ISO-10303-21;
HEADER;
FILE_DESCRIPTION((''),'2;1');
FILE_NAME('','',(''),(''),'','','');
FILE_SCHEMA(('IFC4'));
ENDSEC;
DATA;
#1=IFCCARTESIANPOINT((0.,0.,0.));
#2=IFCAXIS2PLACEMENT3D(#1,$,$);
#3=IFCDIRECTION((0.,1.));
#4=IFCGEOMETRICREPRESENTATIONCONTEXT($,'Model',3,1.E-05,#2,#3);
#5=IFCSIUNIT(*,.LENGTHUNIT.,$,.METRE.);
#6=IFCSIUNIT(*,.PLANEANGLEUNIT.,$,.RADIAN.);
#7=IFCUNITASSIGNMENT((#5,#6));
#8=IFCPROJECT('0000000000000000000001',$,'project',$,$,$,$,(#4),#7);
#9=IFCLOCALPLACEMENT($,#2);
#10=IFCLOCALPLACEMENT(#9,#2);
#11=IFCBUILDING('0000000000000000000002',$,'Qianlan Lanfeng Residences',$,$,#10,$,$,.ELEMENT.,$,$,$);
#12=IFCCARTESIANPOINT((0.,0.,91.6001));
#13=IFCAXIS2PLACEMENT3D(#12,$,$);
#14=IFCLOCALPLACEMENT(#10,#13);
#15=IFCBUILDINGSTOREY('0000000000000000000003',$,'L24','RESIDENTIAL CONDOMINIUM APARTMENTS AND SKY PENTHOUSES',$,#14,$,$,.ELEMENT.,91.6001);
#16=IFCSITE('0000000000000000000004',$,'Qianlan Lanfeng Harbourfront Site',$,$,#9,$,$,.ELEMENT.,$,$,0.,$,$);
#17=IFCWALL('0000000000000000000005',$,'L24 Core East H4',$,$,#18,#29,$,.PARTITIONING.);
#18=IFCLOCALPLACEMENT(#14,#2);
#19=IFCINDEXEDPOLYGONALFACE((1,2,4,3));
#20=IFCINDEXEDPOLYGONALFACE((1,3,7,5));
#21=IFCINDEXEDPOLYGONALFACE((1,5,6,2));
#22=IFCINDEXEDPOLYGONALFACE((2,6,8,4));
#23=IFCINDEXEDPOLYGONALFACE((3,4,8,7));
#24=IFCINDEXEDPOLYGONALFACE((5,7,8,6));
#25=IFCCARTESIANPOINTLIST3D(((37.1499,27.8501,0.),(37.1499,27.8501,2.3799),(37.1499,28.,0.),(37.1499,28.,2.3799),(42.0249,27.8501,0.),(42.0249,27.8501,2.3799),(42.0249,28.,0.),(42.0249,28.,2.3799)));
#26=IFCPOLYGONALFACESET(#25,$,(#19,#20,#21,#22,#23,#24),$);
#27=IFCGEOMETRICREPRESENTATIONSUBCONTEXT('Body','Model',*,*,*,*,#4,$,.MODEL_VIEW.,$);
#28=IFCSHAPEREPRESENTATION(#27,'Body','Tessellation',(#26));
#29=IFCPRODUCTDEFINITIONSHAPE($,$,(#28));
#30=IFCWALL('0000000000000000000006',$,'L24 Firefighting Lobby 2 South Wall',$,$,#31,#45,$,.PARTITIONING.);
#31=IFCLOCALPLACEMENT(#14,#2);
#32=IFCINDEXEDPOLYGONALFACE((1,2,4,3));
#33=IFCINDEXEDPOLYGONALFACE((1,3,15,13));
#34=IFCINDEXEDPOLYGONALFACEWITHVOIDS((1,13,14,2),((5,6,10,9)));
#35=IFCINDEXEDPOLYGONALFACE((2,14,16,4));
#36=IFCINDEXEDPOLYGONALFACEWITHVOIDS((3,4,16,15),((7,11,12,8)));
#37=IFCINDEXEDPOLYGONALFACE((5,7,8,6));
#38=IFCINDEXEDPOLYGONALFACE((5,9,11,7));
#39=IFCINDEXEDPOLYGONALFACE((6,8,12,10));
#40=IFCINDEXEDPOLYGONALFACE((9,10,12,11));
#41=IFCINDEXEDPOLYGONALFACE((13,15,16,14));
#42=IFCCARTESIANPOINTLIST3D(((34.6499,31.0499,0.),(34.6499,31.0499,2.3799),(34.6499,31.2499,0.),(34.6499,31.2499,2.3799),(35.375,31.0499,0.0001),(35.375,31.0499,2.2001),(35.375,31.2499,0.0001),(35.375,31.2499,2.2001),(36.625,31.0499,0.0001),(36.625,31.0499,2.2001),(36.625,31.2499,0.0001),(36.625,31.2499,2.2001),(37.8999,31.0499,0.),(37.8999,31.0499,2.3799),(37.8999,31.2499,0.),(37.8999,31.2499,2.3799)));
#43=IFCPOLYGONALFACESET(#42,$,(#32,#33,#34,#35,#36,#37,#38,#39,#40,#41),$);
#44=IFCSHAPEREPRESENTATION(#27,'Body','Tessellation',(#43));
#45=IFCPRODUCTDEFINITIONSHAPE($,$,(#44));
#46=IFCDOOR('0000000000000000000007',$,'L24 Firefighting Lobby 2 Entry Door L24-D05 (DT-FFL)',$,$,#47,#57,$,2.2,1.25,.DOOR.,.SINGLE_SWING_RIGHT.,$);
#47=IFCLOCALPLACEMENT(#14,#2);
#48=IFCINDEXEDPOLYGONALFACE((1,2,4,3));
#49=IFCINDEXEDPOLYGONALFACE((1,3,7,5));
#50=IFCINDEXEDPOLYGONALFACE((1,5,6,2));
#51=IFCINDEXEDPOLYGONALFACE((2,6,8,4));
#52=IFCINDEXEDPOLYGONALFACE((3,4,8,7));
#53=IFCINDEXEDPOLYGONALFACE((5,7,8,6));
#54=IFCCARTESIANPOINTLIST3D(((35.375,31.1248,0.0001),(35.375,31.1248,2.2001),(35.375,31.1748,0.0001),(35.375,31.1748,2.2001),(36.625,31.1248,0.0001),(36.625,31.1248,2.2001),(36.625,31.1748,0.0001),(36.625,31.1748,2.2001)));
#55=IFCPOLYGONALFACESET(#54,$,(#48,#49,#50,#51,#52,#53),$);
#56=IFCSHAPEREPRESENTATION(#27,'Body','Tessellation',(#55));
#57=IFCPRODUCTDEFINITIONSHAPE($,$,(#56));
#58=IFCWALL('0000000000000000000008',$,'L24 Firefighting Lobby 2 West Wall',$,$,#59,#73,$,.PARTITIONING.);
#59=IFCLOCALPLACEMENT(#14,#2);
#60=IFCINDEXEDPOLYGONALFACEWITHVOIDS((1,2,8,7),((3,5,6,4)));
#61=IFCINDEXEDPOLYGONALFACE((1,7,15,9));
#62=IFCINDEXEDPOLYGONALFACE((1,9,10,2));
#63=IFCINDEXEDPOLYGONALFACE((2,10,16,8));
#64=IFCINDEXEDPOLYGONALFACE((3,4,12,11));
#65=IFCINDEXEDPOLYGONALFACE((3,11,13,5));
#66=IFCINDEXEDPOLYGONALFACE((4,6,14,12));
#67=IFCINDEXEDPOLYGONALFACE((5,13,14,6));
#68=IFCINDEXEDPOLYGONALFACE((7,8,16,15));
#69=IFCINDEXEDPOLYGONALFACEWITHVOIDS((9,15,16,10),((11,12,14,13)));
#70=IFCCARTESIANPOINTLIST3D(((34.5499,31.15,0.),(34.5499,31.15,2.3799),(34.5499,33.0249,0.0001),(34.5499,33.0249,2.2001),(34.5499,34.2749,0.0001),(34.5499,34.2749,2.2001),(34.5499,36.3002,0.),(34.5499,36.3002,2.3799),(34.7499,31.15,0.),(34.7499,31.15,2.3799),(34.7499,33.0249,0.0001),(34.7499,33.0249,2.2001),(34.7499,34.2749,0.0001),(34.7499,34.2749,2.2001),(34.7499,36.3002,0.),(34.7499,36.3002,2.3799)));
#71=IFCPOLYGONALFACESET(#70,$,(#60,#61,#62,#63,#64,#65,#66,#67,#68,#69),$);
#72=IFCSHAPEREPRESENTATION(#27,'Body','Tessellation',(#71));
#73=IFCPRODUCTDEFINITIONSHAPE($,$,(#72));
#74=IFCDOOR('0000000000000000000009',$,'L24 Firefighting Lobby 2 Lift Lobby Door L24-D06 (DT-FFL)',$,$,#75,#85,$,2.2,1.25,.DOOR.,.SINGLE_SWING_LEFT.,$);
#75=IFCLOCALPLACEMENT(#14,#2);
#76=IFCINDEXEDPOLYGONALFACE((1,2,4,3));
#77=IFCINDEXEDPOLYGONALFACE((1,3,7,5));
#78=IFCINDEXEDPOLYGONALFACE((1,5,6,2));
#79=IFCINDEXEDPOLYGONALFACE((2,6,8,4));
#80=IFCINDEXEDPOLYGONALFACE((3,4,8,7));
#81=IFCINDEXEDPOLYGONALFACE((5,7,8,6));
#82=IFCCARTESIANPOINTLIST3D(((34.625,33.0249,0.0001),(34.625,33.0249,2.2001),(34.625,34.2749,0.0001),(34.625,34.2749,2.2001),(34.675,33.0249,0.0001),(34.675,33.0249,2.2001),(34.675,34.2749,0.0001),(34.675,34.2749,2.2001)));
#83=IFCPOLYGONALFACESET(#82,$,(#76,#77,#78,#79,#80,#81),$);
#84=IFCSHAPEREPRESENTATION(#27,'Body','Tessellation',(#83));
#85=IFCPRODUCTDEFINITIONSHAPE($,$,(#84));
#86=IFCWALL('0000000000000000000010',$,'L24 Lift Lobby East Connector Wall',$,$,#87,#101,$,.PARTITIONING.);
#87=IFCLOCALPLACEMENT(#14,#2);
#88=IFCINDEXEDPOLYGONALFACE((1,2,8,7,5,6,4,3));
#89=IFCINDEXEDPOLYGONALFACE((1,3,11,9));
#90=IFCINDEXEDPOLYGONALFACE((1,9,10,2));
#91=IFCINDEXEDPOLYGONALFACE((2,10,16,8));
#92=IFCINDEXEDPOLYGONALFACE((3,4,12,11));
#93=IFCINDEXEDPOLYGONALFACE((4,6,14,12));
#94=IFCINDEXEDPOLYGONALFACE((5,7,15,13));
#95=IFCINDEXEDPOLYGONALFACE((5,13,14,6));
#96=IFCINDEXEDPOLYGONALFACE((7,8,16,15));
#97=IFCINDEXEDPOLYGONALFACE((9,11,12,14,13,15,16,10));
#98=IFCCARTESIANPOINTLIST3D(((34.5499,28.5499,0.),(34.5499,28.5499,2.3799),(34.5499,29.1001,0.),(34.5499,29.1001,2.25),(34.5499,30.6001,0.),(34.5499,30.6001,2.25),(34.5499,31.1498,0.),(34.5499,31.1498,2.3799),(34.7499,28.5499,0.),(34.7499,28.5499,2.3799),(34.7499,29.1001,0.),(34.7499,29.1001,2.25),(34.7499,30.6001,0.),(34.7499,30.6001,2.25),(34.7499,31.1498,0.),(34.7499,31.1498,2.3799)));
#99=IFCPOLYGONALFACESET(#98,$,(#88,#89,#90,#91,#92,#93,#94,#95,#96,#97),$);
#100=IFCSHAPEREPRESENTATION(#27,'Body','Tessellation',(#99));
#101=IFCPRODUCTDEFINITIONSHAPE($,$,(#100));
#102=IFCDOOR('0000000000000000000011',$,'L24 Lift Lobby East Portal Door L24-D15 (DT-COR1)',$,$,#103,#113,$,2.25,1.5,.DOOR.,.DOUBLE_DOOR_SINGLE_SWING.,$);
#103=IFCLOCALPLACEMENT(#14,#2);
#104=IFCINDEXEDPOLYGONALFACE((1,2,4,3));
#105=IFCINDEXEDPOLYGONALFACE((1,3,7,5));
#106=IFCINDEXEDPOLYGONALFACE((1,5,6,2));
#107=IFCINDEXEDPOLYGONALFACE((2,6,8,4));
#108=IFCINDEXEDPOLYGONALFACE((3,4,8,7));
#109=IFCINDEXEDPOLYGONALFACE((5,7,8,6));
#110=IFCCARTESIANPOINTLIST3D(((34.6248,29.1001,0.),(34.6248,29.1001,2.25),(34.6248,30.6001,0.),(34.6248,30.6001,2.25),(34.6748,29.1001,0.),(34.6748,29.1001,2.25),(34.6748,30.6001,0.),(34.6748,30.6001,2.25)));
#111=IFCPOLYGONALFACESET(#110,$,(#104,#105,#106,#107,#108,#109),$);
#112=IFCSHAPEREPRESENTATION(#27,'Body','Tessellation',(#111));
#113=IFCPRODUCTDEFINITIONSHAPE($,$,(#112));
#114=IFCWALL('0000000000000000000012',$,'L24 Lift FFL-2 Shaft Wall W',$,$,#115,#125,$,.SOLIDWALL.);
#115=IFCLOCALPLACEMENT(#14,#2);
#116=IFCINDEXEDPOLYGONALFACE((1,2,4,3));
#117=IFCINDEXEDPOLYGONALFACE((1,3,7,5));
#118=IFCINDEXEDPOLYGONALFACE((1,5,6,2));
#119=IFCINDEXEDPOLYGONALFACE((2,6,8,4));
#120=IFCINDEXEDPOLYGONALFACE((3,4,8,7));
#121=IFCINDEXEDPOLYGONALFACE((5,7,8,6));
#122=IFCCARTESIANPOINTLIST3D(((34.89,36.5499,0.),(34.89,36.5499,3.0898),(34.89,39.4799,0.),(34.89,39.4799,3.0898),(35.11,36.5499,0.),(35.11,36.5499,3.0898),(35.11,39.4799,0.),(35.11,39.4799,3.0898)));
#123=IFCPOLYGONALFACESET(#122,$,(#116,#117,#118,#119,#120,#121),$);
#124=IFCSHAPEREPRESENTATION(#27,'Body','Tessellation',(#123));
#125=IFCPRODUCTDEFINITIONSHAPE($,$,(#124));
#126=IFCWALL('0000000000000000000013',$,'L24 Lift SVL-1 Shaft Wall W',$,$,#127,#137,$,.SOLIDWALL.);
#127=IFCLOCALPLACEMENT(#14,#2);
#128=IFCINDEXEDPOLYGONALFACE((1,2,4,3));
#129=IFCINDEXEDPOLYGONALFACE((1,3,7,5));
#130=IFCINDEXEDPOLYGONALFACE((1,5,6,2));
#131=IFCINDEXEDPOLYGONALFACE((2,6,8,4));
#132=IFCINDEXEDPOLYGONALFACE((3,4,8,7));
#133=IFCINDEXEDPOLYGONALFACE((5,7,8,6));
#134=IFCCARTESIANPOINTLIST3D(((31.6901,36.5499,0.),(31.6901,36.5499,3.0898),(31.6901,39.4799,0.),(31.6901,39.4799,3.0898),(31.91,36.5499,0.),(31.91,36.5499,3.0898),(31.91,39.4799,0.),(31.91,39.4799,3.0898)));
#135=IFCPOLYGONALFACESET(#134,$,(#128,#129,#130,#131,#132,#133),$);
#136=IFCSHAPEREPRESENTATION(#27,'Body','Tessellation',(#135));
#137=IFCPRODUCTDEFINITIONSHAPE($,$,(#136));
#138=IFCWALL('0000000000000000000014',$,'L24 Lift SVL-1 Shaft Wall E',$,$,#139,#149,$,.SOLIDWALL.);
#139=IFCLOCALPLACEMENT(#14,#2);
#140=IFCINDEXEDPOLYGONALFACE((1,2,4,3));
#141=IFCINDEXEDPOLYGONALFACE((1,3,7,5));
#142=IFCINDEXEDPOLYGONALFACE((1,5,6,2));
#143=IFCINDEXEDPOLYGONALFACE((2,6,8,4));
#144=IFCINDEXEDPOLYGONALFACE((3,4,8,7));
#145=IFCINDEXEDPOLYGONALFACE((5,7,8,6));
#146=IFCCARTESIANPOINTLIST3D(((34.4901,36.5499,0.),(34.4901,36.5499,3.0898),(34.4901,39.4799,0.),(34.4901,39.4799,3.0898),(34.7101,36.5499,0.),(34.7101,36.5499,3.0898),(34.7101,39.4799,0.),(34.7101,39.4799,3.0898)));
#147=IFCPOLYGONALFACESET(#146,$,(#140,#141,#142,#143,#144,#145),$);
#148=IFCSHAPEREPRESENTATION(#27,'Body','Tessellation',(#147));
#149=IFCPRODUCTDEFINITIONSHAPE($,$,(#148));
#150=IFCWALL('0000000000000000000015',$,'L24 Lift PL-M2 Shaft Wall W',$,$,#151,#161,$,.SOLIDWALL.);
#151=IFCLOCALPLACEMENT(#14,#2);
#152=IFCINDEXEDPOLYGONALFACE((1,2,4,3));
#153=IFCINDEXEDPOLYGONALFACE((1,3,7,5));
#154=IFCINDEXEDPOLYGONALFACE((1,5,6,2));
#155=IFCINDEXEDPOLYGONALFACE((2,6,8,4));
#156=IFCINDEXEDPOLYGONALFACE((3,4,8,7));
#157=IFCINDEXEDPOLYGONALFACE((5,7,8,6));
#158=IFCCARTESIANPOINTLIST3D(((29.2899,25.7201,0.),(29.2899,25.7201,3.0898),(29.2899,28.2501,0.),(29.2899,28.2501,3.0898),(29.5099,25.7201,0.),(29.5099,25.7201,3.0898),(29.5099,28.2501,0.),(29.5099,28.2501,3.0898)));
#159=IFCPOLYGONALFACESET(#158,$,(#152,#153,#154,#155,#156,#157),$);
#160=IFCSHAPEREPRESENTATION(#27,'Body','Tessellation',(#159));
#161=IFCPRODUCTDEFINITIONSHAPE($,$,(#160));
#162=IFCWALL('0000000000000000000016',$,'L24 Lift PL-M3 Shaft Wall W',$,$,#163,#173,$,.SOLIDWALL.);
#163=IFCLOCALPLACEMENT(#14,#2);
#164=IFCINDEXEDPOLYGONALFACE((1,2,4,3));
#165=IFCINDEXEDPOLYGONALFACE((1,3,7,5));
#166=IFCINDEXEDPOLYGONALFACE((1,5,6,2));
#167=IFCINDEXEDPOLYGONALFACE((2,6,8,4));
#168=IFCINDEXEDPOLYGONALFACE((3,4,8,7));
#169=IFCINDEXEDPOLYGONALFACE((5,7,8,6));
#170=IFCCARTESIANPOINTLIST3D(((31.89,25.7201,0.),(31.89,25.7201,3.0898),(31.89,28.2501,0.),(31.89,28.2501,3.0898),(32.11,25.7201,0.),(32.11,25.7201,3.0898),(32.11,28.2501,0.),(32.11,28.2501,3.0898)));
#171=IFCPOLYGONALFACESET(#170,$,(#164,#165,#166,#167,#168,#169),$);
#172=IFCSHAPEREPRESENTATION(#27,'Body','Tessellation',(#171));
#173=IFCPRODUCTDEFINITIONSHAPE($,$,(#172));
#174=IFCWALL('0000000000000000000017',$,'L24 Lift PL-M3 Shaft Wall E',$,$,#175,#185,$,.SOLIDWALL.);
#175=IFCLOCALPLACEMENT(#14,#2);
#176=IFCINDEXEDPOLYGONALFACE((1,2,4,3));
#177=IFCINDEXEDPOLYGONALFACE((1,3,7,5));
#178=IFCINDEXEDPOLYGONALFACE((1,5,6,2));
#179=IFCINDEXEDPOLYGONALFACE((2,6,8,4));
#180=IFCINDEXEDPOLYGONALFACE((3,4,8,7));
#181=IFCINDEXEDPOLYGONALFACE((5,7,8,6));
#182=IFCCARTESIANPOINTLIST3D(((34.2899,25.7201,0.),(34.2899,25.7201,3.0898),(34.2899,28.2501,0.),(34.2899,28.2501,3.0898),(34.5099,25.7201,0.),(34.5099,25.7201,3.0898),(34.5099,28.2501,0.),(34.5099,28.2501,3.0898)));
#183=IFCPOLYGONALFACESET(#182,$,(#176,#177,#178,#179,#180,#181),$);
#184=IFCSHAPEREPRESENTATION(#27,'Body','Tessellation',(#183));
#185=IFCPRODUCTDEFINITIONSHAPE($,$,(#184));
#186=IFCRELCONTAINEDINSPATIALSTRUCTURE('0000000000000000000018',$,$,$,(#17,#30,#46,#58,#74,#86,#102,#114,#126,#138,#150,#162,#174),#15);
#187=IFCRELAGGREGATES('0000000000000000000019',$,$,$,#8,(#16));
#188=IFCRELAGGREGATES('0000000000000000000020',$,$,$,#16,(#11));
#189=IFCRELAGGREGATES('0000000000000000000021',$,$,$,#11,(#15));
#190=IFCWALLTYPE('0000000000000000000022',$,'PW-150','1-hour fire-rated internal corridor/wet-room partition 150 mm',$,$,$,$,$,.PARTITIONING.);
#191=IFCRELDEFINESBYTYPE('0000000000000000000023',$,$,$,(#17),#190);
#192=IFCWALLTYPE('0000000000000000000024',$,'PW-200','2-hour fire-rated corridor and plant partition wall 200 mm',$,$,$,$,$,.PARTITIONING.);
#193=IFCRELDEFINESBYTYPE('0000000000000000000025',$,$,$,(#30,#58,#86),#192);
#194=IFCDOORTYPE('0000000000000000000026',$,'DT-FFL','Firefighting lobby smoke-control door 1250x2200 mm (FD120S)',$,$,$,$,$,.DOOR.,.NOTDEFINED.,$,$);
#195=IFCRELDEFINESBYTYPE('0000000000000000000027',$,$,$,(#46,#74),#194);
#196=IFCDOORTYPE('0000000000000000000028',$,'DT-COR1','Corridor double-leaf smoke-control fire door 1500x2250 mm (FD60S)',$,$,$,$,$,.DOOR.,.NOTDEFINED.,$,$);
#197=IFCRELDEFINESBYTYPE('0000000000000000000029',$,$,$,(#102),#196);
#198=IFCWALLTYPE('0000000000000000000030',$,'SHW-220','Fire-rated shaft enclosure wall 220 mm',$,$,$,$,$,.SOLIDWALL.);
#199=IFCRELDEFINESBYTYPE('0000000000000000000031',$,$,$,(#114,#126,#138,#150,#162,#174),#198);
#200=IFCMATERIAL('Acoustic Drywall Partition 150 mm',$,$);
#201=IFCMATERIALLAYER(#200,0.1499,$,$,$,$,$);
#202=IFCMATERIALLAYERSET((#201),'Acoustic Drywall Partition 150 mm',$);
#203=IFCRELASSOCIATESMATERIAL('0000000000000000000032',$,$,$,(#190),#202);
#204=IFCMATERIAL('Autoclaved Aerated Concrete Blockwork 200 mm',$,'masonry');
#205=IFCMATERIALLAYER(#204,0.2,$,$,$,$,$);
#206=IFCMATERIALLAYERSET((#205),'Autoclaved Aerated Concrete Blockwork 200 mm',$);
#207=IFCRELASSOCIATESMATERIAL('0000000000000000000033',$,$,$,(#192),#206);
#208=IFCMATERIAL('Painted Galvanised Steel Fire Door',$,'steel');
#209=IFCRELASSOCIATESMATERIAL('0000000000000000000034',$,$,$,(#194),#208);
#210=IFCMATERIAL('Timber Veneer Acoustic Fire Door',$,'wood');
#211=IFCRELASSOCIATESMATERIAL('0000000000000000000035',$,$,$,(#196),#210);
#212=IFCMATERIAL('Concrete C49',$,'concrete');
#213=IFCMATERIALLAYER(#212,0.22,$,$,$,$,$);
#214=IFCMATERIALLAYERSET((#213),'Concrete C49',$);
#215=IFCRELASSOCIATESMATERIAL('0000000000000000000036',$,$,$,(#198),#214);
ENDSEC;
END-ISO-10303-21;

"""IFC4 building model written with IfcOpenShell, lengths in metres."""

from ifc_helpers import new_model, si_unit, direction, frame, frame_2d, origin, place, context, subcontext, project, spatial, rectangle, extrude, material, layer, layer_set, type_object, element, fill, save


model = new_model("IFC4")

# Units and contexts
model_context = context("Model", 3, precision=1e-05, world=origin(), true_north=direction((0.0, 1.0)))
body_context = subcontext(model_context, "Body", "Model", "MODEL_VIEW")
ifc_project = project(units=[si_unit("LENGTHUNIT", "METRE"), si_unit("PLANEANGLEUNIT", "RADIAN")], contexts=[model_context])

# Site, building, storey
site_placement = place(None, origin())
site = spatial("IfcSite", under=ifc_project, at=site_placement, Name="Qianlan Lanfeng Harbourfront Site", CompositionType="ELEMENT", RefElevation=0.0)
building_placement = place(site_placement, origin())
building = spatial("IfcBuilding", under=site, at=building_placement, Name="Qianlan Lanfeng Residences", CompositionType="ELEMENT")
storey_placement = place(building_placement, frame((0.0, 0.0, 91.6001)))
storey = spatial("IfcBuildingStorey", under=building, at=storey_placement, Name="L24", Description="RESIDENTIAL CONDOMINIUM APARTMENTS AND SKY PENTHOUSES", CompositionType="ELEMENT", Elevation=91.6001)

# Wall
ifc_material_1 = material(Name="Acoustic Drywall Partition 150 mm")
ifc_layer_1 = layer(ifc_material_1, 0.1499)
ifc_layer_set_1 = layer_set([ifc_layer_1], Name="Acoustic Drywall Partition 150 mm")
wall_type_1 = type_object("IfcWallType", Name="PW-150", Description="1-hour fire-rated internal corridor/wet-room partition 150 mm", PredefinedType="PARTITIONING", material=ifc_layer_set_1)
wall_1_placement = place(storey_placement, frame((37.1499, 27.925, 0.0), z_axis=(0.0, 0.0, 1.0), x_axis=(1.0, 0.0, 0.0)))
element("IfcWall", 1, at=wall_1_placement, inside=storey, type_object=wall_type_1, Name="L24 Core East H4", PredefinedType="PARTITIONING", context=body_context, shape_type="SweptSolid", body=[
    extrude(rectangle(XDim=4.875, YDim=0.1499, at=frame_2d((2.4375, 0.0))), origin(), (0.0, 0.0, 1.0), 2.3799),
])

# Walls, openings, doors
ifc_material_2 = material(Name="Autoclaved Aerated Concrete Blockwork 200 mm", Category="masonry")
ifc_layer_2 = layer(ifc_material_2, 0.2)
ifc_layer_set_2 = layer_set([ifc_layer_2], Name="Autoclaved Aerated Concrete Blockwork 200 mm")
wall_type_2 = type_object("IfcWallType", Name="PW-200", Description="2-hour fire-rated corridor and plant partition wall 200 mm", PredefinedType="PARTITIONING", material=ifc_layer_set_2)
wall_2_placement = place(storey_placement, frame((34.6499, 31.1499, 0.0), z_axis=(0.0, 0.0, 1.0), x_axis=(1.0, 0.0, 0.0)))
wall_2 = element("IfcWall", 2, at=wall_2_placement, inside=storey, type_object=wall_type_2, Name="L24 Firefighting Lobby 2 South Wall", PredefinedType="PARTITIONING", context=body_context, shape_type="SweptSolid", body=[
    extrude(rectangle(XDim=3.25, YDim=0.2, at=frame_2d((1.625, 0.0))), origin(), (0.0, 0.0, 1.0), 2.3799),
])
opening_1_placement = place(wall_2_placement, frame((0.7251, 0.0, 0.0)))
opening_1 = element("IfcOpeningElement", 3, at=opening_1_placement, cuts=wall_2, PredefinedType="OPENING", context=body_context, shape_type="SweptSolid", body=[
    extrude(rectangle(XDim=1.25, YDim=2.2, at=frame_2d((0.625, 1.1001))), frame((0.0, 0.1099, 0.0), z_axis=(0.0, -1.0, 0.0), x_axis=(1.0, 0.0, 0.0)), (0.0, 0.0, 1.0), 0.22),
])
ifc_material_3 = material(Name="Painted Galvanised Steel Fire Door", Category="steel")
door_type_1 = type_object("IfcDoorType", Name="DT-FFL", Description="Firefighting lobby smoke-control door 1250x2200 mm (FD120S)", OperationType="NOTDEFINED", PredefinedType="DOOR", material=ifc_material_3)
door_1_placement = place(opening_1_placement, origin())
door_1 = element("IfcDoor", 4, at=door_1_placement, inside=storey, type_object=door_type_1, Name="L24 Firefighting Lobby 2 Entry Door L24-D05 (DT-FFL)", OperationType="SINGLE_SWING_RIGHT", OverallHeight=2.2, OverallWidth=1.25, PredefinedType="DOOR", context=body_context, shape_type="SweptSolid", body=[
    extrude(rectangle(XDim=1.25, YDim=2.2, at=frame_2d((0.625, 1.1001))), frame((0.0, 0.0249, 0.0), z_axis=(0.0, -1.0, 0.0), x_axis=(1.0, 0.0, 0.0)), (0.0, 0.0, 1.0), 0.05),
])
fill(opening_1, door_1)
wall_3_placement = place(storey_placement, frame((34.6499, 31.1499, 0.0), z_axis=(0.0, 0.0, 1.0), x_axis=(0.0, 1.0, 0.0)))
wall_3 = element("IfcWall", 5, at=wall_3_placement, inside=storey, type_object=wall_type_2, Name="L24 Firefighting Lobby 2 West Wall", PredefinedType="PARTITIONING", context=body_context, shape_type="SweptSolid", body=[
    extrude(rectangle(XDim=5.1501, YDim=0.2, at=frame_2d((2.5752, 0.0))), origin(), (0.0, 0.0, 1.0), 2.3799),
])
opening_2_placement = place(wall_3_placement, frame((1.875, 0.0, 0.0)))
opening_2 = element("IfcOpeningElement", 6, at=opening_2_placement, cuts=wall_3, PredefinedType="OPENING", context=body_context, shape_type="SweptSolid", body=[
    extrude(rectangle(XDim=1.25, YDim=2.2, at=frame_2d((0.625, 1.1001))), frame((0.0, 0.1099, 0.0), z_axis=(0.0, -1.0, 0.0), x_axis=(1.0, 0.0, 0.0)), (0.0, 0.0, 1.0), 0.22),
])
door_2_placement = place(opening_2_placement, origin())
door_2 = element("IfcDoor", 7, at=door_2_placement, inside=storey, type_object=door_type_1, Name="L24 Firefighting Lobby 2 Lift Lobby Door L24-D06 (DT-FFL)", OperationType="SINGLE_SWING_LEFT", OverallHeight=2.2, OverallWidth=1.25, PredefinedType="DOOR", context=body_context, shape_type="SweptSolid", body=[
    extrude(rectangle(XDim=1.25, YDim=2.2, at=frame_2d((0.625, 1.1001))), frame((0.0, 0.0249, 0.0), z_axis=(0.0, -1.0, 0.0), x_axis=(1.0, 0.0, 0.0)), (0.0, 0.0, 1.0), 0.05),
])
fill(opening_2, door_2)
wall_4_placement = place(storey_placement, frame((34.6499, 28.55, 0.0), z_axis=(0.0, 0.0, 1.0), x_axis=(0.0, 1.0, 0.0)))
wall_4 = element("IfcWall", 8, at=wall_4_placement, inside=storey, type_object=wall_type_2, Name="L24 Lift Lobby East Connector Wall", PredefinedType="PARTITIONING", context=body_context, shape_type="SweptSolid", body=[
    extrude(rectangle(XDim=2.5999, YDim=0.2, at=frame_2d((1.2998, 0.0))), origin(), (0.0, 0.0, 1.0), 2.3799),
])
opening_3_placement = place(wall_4_placement, frame((0.55, 0.0, 0.0)))
opening_3 = element("IfcOpeningElement", 9, at=opening_3_placement, cuts=wall_4, PredefinedType="OPENING", context=body_context, shape_type="SweptSolid", body=[
    extrude(rectangle(XDim=1.5, YDim=2.25, at=frame_2d((0.75, 1.125))), frame((0.0, 0.1099, 0.0), z_axis=(0.0, -1.0, 0.0), x_axis=(1.0, 0.0, 0.0)), (0.0, 0.0, 1.0), 0.22),
])
ifc_material_4 = material(Name="Timber Veneer Acoustic Fire Door", Category="wood")
door_type_2 = type_object("IfcDoorType", Name="DT-COR1", Description="Corridor double-leaf smoke-control fire door 1500x2250 mm (FD60S)", OperationType="NOTDEFINED", PredefinedType="DOOR", material=ifc_material_4)
door_3_placement = place(opening_3_placement, frame((1.5, 0.0, 0.0), z_axis=(0.0, 0.0, 1.0), x_axis=(-1.0, 0.0, 0.0)))
door_3 = element("IfcDoor", 10, at=door_3_placement, inside=storey, type_object=door_type_2, Name="L24 Lift Lobby East Portal Door L24-D15 (DT-COR1)", OperationType="DOUBLE_DOOR_SINGLE_SWING", OverallHeight=2.25, OverallWidth=1.5, PredefinedType="DOOR", context=body_context, shape_type="SweptSolid", body=[
    extrude(rectangle(XDim=1.5, YDim=2.25, at=frame_2d((0.75, 1.125))), frame((0.0, 0.0249, 0.0), z_axis=(0.0, -1.0, 0.0), x_axis=(1.0, 0.0, 0.0)), (0.0, 0.0, 1.0), 0.05),
])
fill(opening_3, door_3)

# Walls
ifc_material_5 = material(Name="Concrete C49", Category="concrete")
ifc_layer_3 = layer(ifc_material_5, 0.22)
ifc_layer_set_3 = layer_set([ifc_layer_3], Name="Concrete C49")
wall_type_3 = type_object("IfcWallType", Name="SHW-220", Description="Fire-rated shaft enclosure wall 220 mm", PredefinedType="SOLIDWALL", material=ifc_layer_set_3)
for number, where, z_axis, x_axis, name in (
    (11, (35.0, 36.55, 0.0), (0.0, 0.0, 1.0), (0.0, 1.0, 0.0), "L24 Lift FFL-2 Shaft Wall W"),
    (12, (31.8, 36.55, 0.0), (0.0, 0.0, 1.0), (0.0, 1.0, 0.0), "L24 Lift SVL-1 Shaft Wall W"),
    (13, (34.6001, 36.55, 0.0), (0.0, 0.0, 1.0), (0.0, 1.0, 0.0), "L24 Lift SVL-1 Shaft Wall E"),
):
    element("IfcWall", number, at=place(storey_placement, frame(where, z_axis=z_axis, x_axis=x_axis)), inside=storey, type_object=wall_type_3, Name=name, PredefinedType="SOLIDWALL", context=body_context, shape_type="SweptSolid", body=[
        extrude(rectangle(XDim=2.9299, YDim=0.22, at=frame_2d((1.4648, 0.0))), origin(), (0.0, 0.0, 1.0), 3.0898),
    ])
for number, where, z_axis, x_axis, name in (
    (14, (29.3999, 25.72, 0.0), (0.0, 0.0, 1.0), (0.0, 1.0, 0.0), "L24 Lift PL-M2 Shaft Wall W"),
    (15, (32.0, 25.72, 0.0), (0.0, 0.0, 1.0), (0.0, 1.0, 0.0), "L24 Lift PL-M3 Shaft Wall W"),
    (16, (34.3999, 25.72, 0.0), (0.0, 0.0, 1.0), (0.0, 1.0, 0.0), "L24 Lift PL-M3 Shaft Wall E"),
):
    element("IfcWall", number, at=place(storey_placement, frame(where, z_axis=z_axis, x_axis=x_axis)), inside=storey, type_object=wall_type_3, Name=name, PredefinedType="SOLIDWALL", context=body_context, shape_type="SweptSolid", body=[
        extrude(rectangle(XDim=2.53, YDim=0.22, at=frame_2d((1.2651, 0.0))), origin(), (0.0, 0.0, 1.0), 3.0898),
    ])

save(model, "model.ifc")
